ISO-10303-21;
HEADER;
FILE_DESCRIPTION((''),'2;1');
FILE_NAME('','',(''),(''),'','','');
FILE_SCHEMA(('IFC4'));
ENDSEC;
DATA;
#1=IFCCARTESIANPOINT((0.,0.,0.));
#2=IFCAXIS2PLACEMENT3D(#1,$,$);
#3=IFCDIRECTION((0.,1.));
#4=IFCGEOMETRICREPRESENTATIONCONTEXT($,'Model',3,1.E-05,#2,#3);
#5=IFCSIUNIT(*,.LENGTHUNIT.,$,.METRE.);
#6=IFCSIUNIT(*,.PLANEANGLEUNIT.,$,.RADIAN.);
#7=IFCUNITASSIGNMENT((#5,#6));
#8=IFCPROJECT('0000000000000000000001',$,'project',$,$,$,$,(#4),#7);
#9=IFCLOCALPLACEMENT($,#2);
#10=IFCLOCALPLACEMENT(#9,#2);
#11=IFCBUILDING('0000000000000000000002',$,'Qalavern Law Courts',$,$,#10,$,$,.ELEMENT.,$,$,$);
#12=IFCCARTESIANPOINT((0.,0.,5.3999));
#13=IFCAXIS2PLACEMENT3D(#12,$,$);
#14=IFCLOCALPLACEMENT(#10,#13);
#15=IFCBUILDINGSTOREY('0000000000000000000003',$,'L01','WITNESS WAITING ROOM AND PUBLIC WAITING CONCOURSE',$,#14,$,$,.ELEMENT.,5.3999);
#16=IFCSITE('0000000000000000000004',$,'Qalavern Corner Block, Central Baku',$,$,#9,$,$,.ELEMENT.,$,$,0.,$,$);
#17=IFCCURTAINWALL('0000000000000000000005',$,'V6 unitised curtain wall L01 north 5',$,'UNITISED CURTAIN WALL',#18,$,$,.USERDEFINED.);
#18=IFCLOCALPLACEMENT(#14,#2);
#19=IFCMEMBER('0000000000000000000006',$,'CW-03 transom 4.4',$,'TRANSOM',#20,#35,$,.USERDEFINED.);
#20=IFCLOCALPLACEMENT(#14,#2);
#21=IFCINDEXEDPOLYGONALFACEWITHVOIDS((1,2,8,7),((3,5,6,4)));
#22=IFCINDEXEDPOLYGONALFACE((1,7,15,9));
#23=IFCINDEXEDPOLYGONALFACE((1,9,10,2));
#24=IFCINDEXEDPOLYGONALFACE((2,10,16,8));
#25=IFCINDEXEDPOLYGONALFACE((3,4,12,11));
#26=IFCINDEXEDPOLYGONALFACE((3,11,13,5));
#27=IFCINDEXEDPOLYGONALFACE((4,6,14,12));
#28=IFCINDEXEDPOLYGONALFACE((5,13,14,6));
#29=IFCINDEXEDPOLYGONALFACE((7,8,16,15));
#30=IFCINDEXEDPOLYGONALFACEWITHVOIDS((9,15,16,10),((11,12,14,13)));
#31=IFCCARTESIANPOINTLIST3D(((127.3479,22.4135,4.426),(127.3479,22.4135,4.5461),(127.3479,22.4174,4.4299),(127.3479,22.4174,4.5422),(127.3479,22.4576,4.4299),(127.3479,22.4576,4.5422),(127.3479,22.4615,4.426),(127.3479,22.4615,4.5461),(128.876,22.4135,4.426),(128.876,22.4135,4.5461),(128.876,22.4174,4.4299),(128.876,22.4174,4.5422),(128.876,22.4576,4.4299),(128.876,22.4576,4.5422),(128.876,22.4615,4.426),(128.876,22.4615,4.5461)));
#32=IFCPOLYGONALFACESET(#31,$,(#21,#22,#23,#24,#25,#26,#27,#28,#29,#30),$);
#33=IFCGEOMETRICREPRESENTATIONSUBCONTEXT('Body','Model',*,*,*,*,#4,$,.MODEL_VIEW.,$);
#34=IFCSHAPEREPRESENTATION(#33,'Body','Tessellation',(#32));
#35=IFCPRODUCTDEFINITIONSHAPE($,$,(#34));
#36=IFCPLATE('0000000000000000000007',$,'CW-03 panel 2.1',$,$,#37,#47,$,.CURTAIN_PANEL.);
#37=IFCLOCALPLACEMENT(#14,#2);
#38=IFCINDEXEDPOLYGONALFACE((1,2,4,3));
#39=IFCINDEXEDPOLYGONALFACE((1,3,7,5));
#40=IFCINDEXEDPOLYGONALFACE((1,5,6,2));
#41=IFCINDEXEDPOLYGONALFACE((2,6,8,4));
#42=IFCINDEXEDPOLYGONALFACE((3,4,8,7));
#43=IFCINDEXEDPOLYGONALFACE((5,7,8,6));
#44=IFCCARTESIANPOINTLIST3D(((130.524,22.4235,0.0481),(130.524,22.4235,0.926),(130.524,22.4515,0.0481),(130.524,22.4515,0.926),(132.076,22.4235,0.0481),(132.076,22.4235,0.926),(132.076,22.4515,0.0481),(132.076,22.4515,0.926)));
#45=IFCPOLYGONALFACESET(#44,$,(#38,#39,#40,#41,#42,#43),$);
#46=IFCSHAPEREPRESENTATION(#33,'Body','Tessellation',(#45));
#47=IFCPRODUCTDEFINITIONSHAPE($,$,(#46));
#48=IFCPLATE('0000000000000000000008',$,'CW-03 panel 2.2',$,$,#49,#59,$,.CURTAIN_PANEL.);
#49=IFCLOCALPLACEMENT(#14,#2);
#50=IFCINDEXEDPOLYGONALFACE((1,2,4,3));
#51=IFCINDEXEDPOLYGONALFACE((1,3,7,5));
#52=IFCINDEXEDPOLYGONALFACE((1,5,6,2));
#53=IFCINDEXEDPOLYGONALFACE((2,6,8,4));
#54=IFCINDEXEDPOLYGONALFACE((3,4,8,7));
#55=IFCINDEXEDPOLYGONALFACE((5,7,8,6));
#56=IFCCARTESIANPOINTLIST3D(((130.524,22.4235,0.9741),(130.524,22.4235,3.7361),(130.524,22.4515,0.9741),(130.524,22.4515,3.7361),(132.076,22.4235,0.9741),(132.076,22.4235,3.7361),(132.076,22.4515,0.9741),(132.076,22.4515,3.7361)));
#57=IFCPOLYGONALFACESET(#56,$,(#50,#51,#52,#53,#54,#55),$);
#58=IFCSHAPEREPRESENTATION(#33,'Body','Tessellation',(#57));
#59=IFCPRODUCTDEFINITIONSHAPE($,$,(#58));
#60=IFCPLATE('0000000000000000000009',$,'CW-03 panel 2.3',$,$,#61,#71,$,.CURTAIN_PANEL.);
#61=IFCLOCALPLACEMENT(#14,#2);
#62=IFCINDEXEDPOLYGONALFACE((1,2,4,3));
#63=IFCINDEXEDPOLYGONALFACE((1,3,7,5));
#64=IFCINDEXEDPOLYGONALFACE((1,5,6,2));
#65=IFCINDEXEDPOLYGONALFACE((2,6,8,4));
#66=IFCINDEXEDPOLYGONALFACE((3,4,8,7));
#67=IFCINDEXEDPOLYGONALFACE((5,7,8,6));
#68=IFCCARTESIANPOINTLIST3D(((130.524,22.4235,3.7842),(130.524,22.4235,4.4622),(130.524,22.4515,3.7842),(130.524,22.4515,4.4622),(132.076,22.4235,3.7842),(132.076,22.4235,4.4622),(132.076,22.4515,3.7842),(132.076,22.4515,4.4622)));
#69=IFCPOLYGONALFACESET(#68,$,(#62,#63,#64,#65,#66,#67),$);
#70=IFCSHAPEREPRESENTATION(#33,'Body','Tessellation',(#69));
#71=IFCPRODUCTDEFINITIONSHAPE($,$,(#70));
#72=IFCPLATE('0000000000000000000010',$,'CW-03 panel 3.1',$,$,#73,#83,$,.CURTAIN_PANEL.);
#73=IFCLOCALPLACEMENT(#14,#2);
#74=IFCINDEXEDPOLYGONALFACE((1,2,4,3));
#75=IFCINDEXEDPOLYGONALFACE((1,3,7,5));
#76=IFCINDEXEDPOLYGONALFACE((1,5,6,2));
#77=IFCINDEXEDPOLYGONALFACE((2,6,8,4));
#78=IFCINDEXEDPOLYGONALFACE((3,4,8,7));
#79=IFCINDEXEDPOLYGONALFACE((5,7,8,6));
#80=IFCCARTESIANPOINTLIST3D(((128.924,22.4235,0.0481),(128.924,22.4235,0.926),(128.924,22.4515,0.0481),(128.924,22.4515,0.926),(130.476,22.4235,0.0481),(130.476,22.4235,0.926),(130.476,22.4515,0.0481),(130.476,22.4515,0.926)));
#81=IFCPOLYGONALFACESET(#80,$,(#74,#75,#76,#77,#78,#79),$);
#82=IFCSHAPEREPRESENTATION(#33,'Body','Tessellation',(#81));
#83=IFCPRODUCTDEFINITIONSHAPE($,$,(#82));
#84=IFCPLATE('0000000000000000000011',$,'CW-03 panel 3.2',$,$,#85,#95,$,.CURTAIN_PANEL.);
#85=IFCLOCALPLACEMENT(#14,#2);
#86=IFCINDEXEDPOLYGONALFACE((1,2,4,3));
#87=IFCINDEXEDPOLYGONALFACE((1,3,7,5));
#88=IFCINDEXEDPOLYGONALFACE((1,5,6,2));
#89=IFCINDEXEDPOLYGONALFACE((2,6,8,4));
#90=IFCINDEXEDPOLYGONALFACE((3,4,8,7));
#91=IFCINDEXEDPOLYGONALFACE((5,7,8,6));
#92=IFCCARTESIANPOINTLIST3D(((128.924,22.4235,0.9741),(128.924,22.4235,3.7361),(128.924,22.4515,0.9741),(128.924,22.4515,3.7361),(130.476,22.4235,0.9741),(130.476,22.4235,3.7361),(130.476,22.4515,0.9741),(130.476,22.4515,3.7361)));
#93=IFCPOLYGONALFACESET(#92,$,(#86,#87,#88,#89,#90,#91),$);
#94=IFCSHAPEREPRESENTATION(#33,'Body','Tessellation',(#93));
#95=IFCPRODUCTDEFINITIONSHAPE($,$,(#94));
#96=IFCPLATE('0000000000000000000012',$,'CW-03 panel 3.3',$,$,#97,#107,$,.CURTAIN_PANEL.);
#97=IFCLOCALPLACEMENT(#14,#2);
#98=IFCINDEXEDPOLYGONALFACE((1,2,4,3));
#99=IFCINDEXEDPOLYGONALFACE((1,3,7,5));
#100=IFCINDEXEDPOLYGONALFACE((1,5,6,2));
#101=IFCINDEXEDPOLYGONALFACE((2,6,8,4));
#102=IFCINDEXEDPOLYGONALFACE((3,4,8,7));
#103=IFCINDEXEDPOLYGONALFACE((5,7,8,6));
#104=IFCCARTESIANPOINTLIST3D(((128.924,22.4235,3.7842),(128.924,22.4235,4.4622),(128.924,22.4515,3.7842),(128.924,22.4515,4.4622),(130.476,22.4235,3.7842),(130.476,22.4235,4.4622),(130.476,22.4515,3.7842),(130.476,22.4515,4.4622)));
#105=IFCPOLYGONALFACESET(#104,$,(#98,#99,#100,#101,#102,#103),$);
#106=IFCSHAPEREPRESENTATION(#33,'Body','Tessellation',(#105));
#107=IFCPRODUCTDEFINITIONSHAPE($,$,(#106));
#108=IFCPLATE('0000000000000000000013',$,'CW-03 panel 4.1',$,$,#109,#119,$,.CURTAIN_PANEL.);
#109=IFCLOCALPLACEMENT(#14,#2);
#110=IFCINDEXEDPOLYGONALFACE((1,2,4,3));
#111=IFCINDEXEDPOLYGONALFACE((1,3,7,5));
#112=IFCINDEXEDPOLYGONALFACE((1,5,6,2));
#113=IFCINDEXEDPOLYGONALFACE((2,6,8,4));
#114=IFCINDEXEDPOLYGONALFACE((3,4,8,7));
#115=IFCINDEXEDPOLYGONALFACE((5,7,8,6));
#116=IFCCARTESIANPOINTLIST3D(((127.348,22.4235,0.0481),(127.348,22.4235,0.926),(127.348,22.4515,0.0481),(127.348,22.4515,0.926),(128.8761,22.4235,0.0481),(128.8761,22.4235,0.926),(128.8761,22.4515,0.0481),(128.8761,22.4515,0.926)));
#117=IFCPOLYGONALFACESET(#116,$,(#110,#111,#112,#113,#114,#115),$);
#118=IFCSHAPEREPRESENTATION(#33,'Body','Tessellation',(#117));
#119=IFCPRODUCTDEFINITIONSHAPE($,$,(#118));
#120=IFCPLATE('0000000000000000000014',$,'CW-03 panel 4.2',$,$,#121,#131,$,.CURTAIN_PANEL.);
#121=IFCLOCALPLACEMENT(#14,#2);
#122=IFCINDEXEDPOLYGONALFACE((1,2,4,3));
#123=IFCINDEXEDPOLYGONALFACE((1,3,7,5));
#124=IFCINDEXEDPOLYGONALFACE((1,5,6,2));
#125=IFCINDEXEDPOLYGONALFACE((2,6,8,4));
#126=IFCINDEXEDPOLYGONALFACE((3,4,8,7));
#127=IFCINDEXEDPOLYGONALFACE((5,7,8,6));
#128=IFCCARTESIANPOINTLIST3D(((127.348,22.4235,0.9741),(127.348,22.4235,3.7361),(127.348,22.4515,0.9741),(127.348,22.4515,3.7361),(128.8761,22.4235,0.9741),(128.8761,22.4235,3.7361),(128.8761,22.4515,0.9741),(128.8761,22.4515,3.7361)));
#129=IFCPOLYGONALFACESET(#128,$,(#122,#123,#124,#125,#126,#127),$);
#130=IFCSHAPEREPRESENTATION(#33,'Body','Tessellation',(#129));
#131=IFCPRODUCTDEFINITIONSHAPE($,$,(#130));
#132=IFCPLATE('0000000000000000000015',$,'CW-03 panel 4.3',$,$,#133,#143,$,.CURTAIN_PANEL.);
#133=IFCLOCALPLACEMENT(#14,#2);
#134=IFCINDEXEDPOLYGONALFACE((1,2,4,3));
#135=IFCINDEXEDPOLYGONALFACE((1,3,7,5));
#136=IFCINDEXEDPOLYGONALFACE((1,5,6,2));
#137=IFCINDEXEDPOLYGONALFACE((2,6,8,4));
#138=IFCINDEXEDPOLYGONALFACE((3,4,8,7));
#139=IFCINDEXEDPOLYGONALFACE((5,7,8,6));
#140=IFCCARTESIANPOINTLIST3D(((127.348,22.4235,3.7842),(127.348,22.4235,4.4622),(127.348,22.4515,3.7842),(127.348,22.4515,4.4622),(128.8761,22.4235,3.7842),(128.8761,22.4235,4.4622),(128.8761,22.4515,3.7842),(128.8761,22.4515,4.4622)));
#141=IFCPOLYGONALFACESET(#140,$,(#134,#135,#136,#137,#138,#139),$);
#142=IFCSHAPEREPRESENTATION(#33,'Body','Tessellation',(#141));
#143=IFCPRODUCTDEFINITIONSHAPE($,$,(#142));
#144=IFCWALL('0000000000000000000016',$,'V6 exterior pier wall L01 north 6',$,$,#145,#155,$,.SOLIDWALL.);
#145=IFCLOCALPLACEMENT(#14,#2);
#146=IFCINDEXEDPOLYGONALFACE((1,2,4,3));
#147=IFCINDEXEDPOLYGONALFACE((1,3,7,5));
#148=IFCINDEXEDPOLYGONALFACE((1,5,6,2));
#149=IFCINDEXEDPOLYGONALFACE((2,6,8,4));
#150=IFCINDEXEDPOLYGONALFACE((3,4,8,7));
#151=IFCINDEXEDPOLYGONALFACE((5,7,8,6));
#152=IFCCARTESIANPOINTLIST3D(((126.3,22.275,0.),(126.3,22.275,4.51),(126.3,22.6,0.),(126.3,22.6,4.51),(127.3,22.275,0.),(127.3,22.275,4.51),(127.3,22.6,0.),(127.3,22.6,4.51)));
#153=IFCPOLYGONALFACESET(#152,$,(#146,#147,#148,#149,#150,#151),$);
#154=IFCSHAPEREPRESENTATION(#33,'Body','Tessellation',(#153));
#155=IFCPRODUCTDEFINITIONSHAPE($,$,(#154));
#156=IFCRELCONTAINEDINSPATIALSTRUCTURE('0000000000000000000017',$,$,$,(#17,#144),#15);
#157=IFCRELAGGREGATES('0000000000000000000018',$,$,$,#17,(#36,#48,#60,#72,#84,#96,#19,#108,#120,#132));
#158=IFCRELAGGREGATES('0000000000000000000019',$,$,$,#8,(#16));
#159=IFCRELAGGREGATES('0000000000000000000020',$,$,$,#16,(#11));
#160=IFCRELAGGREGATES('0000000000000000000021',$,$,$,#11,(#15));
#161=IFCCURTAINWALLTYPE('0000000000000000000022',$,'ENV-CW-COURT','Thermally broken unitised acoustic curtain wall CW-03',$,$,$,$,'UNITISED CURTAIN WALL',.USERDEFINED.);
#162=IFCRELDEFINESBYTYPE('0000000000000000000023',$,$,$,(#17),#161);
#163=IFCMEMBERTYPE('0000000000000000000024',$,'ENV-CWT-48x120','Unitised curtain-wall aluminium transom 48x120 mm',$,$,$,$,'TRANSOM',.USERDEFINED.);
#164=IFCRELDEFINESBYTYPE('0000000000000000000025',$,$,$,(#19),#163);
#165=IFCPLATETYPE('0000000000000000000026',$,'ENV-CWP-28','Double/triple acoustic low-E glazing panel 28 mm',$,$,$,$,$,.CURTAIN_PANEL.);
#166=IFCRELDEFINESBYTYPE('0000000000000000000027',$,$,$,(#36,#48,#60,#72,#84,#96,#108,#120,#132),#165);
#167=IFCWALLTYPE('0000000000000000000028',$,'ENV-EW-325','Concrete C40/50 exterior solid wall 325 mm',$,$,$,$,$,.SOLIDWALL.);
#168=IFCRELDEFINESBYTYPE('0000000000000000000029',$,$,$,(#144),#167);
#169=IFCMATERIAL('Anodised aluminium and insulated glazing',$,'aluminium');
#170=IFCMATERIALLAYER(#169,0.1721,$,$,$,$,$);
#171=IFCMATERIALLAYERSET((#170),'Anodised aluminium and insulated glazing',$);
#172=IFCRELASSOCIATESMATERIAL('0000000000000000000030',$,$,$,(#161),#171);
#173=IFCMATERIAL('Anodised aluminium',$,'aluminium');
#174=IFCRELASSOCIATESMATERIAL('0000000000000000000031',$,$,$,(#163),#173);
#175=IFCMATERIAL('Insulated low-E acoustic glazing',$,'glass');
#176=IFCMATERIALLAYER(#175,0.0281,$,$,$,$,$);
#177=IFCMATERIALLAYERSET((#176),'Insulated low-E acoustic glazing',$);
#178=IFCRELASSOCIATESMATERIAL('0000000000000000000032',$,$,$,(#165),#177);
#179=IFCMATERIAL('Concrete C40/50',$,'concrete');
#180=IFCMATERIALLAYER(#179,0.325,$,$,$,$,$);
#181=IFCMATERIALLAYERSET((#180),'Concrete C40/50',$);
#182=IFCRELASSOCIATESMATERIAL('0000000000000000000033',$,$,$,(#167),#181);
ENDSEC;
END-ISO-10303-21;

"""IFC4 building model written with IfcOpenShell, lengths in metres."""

from ifc_helpers import new_model, si_unit, direction, frame, frame_2d, origin, origin_2d, place, context, subcontext, project, spatial, rectangle, hollow_rectangle, extrude, material, layer, layer_set, material_profile, profile_set, type_object, element, aggregate, save


model = new_model("IFC4")

# Units and contexts
model_context = context("Model", 3, precision=1e-05, world=origin(), true_north=direction((0.0, 1.0)))
body_context = subcontext(model_context, "Body", "Model", "MODEL_VIEW")
ifc_project = project(units=[si_unit("LENGTHUNIT", "METRE"), si_unit("PLANEANGLEUNIT", "RADIAN")], contexts=[model_context])

# Site, building, storey
site_placement = place(None, origin())
site = spatial("IfcSite", under=ifc_project, at=site_placement, Name="Qalavern Corner Block, Central Baku", CompositionType="ELEMENT", RefElevation=0.0)
building_placement = place(site_placement, origin())
building = spatial("IfcBuilding", under=site, at=building_placement, Name="Qalavern Law Courts", CompositionType="ELEMENT")
storey_placement = place(building_placement, frame((0.0, 0.0, 5.3999)))
storey = spatial("IfcBuildingStorey", under=building, at=storey_placement, Name="L01", Description="WITNESS WAITING ROOM AND PUBLIC WAITING CONCOURSE", CompositionType="ELEMENT", Elevation=5.3999)

# Curtain wall, member, plates
ifc_material_1 = material(Name="Anodised aluminium and insulated glazing", Category="aluminium")
ifc_layer_1 = layer(ifc_material_1, 0.1721)
ifc_layer_set_1 = layer_set([ifc_layer_1], Name="Anodised aluminium and insulated glazing")
curtain_wall_type = type_object("IfcCurtainWallType", Name="ENV-CW-COURT", Description="Thermally broken unitised acoustic curtain wall CW-03", ElementType="UNITISED CURTAIN WALL", PredefinedType="USERDEFINED", material=ifc_layer_set_1)
curtain_wall_placement = place(storey_placement, origin())
curtain_wall = element("IfcCurtainWall", 1, at=curtain_wall_placement, inside=storey, type_object=curtain_wall_type, Name="V6 unitised curtain wall L01 north 5", ObjectType="UNITISED CURTAIN WALL", PredefinedType="USERDEFINED")
ifc_material_2 = material(Name="Anodised aluminium", Category="aluminium")
ifc_material_profile_1 = material_profile(ifc_material_2, hollow_rectangle(XDim=0.0481, YDim=0.1201, WallThickness=0.0039, at=origin_2d()), Name="ALU TRANSOM 48x120")
ifc_profile_set_1 = profile_set([ifc_material_profile_1], Name="Anodised aluminium")
member_type_1 = type_object("IfcMemberType", Name="ENV-CWT-48x120", Description="Unitised curtain-wall aluminium transom 48x120 mm", ElementType="TRANSOM", PredefinedType="USERDEFINED", material=ifc_profile_set_1)
member_1_placement = place(storey_placement, frame((128.876, 22.4375, 4.4861), z_axis=(-1.0, 0.0, 0.0), x_axis=(0.0, -1.0, 0.0)))
member_1 = element("IfcMember", 2, at=member_1_placement, type_object=member_type_1, Name="CW-03 transom 4.4", ObjectType="TRANSOM", PredefinedType="USERDEFINED", context=body_context, shape_type="SweptSolid", body=[
    extrude(hollow_rectangle(XDim=0.0481, YDim=0.1201, WallThickness=0.0039, at=origin_2d()), origin(), (0.0, 0.0, 1.0), 1.5281),
])
ifc_material_3 = material(Name="Insulated low-E acoustic glazing", Category="glass")
ifc_layer_2 = layer(ifc_material_3, 0.0281)
ifc_layer_set_2 = layer_set([ifc_layer_2], Name="Insulated low-E acoustic glazing")
plate_type = type_object("IfcPlateType", Name="ENV-CWP-28", Description="Double/triple acoustic low-E glazing panel 28 mm", PredefinedType="CURTAIN_PANEL", material=ifc_layer_set_2)
plate_1_placement = place(storey_placement, frame((131.3, 22.4375, 0.0481), z_axis=(0.0, 0.0, 1.0), x_axis=(-1.0, 0.0, 0.0)))
plate_1 = element("IfcPlate", 3, at=plate_1_placement, type_object=plate_type, Name="CW-03 panel 2.1", PredefinedType="CURTAIN_PANEL", context=body_context, shape_type="SweptSolid", body=[
    extrude(rectangle(XDim=1.552, YDim=0.0281, at=origin_2d()), origin(), (0.0, 0.0, 1.0), 0.8779),
])
plate_2_placement = place(storey_placement, frame((131.3, 22.4375, 0.9741), z_axis=(0.0, 0.0, 1.0), x_axis=(-1.0, 0.0, 0.0)))
plate_2 = element("IfcPlate", 4, at=plate_2_placement, type_object=plate_type, Name="CW-03 panel 2.2", PredefinedType="CURTAIN_PANEL", context=body_context, shape_type="SweptSolid", body=[
    extrude(rectangle(XDim=1.552, YDim=0.0281, at=origin_2d()), origin(), (0.0, 0.0, 1.0), 2.762),
])
plate_3_placement = place(storey_placement, frame((131.3, 22.4375, 3.7842), z_axis=(0.0, 0.0, 1.0), x_axis=(-1.0, 0.0, 0.0)))
plate_3 = element("IfcPlate", 5, at=plate_3_placement, type_object=plate_type, Name="CW-03 panel 2.3", PredefinedType="CURTAIN_PANEL", context=body_context, shape_type="SweptSolid", body=[
    extrude(rectangle(XDim=1.552, YDim=0.0281, at=origin_2d()), origin(), (0.0, 0.0, 1.0), 0.678),
])
plate_4_placement = place(storey_placement, frame((129.7, 22.4375, 0.0481), z_axis=(0.0, 0.0, 1.0), x_axis=(-1.0, 0.0, 0.0)))
plate_4 = element("IfcPlate", 6, at=plate_4_placement, type_object=plate_type, Name="CW-03 panel 3.1", PredefinedType="CURTAIN_PANEL", context=body_context, shape_type="SweptSolid", body=[
    extrude(rectangle(XDim=1.552, YDim=0.0281, at=origin_2d()), origin(), (0.0, 0.0, 1.0), 0.8779),
])
plate_5_placement = place(storey_placement, frame((129.7, 22.4375, 0.9741), z_axis=(0.0, 0.0, 1.0), x_axis=(-1.0, 0.0, 0.0)))
plate_5 = element("IfcPlate", 7, at=plate_5_placement, type_object=plate_type, Name="CW-03 panel 3.2", PredefinedType="CURTAIN_PANEL", context=body_context, shape_type="SweptSolid", body=[
    extrude(rectangle(XDim=1.552, YDim=0.0281, at=origin_2d()), origin(), (0.0, 0.0, 1.0), 2.762),
])
plate_6_placement = place(storey_placement, frame((129.7, 22.4375, 3.7842), z_axis=(0.0, 0.0, 1.0), x_axis=(-1.0, 0.0, 0.0)))
plate_6 = element("IfcPlate", 8, at=plate_6_placement, type_object=plate_type, Name="CW-03 panel 3.3", PredefinedType="CURTAIN_PANEL", context=body_context, shape_type="SweptSolid", body=[
    extrude(rectangle(XDim=1.552, YDim=0.0281, at=origin_2d()), origin(), (0.0, 0.0, 1.0), 0.678),
])
plate_7_placement = place(storey_placement, frame((128.1121, 22.4375, 0.0481), z_axis=(0.0, 0.0, 1.0), x_axis=(-1.0, 0.0, 0.0)))
plate_7 = element("IfcPlate", 9, at=plate_7_placement, type_object=plate_type, Name="CW-03 panel 4.1", PredefinedType="CURTAIN_PANEL", context=body_context, shape_type="SweptSolid", body=[
    extrude(rectangle(XDim=1.5281, YDim=0.0281, at=origin_2d()), origin(), (0.0, 0.0, 1.0), 0.8779),
])
plate_8_placement = place(storey_placement, frame((128.1121, 22.4375, 0.9741), z_axis=(0.0, 0.0, 1.0), x_axis=(-1.0, 0.0, 0.0)))
plate_8 = element("IfcPlate", 10, at=plate_8_placement, type_object=plate_type, Name="CW-03 panel 4.2", PredefinedType="CURTAIN_PANEL", context=body_context, shape_type="SweptSolid", body=[
    extrude(rectangle(XDim=1.5281, YDim=0.0281, at=origin_2d()), origin(), (0.0, 0.0, 1.0), 2.762),
])
plate_9_placement = place(storey_placement, frame((128.1121, 22.4375, 3.7842), z_axis=(0.0, 0.0, 1.0), x_axis=(-1.0, 0.0, 0.0)))
plate_9 = element("IfcPlate", 11, at=plate_9_placement, type_object=plate_type, Name="CW-03 panel 4.3", PredefinedType="CURTAIN_PANEL", context=body_context, shape_type="SweptSolid", body=[
    extrude(rectangle(XDim=1.5281, YDim=0.0281, at=origin_2d()), origin(), (0.0, 0.0, 1.0), 0.678),
])
aggregate(curtain_wall, [plate_1, plate_2, plate_3, plate_4, plate_5, plate_6, member_1, plate_7, plate_8, plate_9])

# Wall
ifc_material_4 = material(Name="Concrete C40/50", Category="concrete")
ifc_layer_3 = layer(ifc_material_4, 0.325)
ifc_layer_set_3 = layer_set([ifc_layer_3], Name="Concrete C40/50")
wall_type = type_object("IfcWallType", Name="ENV-EW-325", Description="Concrete C40/50 exterior solid wall 325 mm", PredefinedType="SOLIDWALL", material=ifc_layer_set_3)
wall_placement = place(storey_placement, frame((127.3, 22.4375, 0.0), z_axis=(0.0, 0.0, 1.0), x_axis=(-1.0, 0.0, 0.0)))
element("IfcWall", 12, at=wall_placement, inside=storey, type_object=wall_type, Name="V6 exterior pier wall L01 north 6", PredefinedType="SOLIDWALL", context=body_context, shape_type="SweptSolid", body=[
    extrude(rectangle(XDim=1.0, YDim=0.325, at=frame_2d((0.5, 0.0))), origin(), (0.0, 0.0, 1.0), 4.51),
])

save(model, "model.ifc")
